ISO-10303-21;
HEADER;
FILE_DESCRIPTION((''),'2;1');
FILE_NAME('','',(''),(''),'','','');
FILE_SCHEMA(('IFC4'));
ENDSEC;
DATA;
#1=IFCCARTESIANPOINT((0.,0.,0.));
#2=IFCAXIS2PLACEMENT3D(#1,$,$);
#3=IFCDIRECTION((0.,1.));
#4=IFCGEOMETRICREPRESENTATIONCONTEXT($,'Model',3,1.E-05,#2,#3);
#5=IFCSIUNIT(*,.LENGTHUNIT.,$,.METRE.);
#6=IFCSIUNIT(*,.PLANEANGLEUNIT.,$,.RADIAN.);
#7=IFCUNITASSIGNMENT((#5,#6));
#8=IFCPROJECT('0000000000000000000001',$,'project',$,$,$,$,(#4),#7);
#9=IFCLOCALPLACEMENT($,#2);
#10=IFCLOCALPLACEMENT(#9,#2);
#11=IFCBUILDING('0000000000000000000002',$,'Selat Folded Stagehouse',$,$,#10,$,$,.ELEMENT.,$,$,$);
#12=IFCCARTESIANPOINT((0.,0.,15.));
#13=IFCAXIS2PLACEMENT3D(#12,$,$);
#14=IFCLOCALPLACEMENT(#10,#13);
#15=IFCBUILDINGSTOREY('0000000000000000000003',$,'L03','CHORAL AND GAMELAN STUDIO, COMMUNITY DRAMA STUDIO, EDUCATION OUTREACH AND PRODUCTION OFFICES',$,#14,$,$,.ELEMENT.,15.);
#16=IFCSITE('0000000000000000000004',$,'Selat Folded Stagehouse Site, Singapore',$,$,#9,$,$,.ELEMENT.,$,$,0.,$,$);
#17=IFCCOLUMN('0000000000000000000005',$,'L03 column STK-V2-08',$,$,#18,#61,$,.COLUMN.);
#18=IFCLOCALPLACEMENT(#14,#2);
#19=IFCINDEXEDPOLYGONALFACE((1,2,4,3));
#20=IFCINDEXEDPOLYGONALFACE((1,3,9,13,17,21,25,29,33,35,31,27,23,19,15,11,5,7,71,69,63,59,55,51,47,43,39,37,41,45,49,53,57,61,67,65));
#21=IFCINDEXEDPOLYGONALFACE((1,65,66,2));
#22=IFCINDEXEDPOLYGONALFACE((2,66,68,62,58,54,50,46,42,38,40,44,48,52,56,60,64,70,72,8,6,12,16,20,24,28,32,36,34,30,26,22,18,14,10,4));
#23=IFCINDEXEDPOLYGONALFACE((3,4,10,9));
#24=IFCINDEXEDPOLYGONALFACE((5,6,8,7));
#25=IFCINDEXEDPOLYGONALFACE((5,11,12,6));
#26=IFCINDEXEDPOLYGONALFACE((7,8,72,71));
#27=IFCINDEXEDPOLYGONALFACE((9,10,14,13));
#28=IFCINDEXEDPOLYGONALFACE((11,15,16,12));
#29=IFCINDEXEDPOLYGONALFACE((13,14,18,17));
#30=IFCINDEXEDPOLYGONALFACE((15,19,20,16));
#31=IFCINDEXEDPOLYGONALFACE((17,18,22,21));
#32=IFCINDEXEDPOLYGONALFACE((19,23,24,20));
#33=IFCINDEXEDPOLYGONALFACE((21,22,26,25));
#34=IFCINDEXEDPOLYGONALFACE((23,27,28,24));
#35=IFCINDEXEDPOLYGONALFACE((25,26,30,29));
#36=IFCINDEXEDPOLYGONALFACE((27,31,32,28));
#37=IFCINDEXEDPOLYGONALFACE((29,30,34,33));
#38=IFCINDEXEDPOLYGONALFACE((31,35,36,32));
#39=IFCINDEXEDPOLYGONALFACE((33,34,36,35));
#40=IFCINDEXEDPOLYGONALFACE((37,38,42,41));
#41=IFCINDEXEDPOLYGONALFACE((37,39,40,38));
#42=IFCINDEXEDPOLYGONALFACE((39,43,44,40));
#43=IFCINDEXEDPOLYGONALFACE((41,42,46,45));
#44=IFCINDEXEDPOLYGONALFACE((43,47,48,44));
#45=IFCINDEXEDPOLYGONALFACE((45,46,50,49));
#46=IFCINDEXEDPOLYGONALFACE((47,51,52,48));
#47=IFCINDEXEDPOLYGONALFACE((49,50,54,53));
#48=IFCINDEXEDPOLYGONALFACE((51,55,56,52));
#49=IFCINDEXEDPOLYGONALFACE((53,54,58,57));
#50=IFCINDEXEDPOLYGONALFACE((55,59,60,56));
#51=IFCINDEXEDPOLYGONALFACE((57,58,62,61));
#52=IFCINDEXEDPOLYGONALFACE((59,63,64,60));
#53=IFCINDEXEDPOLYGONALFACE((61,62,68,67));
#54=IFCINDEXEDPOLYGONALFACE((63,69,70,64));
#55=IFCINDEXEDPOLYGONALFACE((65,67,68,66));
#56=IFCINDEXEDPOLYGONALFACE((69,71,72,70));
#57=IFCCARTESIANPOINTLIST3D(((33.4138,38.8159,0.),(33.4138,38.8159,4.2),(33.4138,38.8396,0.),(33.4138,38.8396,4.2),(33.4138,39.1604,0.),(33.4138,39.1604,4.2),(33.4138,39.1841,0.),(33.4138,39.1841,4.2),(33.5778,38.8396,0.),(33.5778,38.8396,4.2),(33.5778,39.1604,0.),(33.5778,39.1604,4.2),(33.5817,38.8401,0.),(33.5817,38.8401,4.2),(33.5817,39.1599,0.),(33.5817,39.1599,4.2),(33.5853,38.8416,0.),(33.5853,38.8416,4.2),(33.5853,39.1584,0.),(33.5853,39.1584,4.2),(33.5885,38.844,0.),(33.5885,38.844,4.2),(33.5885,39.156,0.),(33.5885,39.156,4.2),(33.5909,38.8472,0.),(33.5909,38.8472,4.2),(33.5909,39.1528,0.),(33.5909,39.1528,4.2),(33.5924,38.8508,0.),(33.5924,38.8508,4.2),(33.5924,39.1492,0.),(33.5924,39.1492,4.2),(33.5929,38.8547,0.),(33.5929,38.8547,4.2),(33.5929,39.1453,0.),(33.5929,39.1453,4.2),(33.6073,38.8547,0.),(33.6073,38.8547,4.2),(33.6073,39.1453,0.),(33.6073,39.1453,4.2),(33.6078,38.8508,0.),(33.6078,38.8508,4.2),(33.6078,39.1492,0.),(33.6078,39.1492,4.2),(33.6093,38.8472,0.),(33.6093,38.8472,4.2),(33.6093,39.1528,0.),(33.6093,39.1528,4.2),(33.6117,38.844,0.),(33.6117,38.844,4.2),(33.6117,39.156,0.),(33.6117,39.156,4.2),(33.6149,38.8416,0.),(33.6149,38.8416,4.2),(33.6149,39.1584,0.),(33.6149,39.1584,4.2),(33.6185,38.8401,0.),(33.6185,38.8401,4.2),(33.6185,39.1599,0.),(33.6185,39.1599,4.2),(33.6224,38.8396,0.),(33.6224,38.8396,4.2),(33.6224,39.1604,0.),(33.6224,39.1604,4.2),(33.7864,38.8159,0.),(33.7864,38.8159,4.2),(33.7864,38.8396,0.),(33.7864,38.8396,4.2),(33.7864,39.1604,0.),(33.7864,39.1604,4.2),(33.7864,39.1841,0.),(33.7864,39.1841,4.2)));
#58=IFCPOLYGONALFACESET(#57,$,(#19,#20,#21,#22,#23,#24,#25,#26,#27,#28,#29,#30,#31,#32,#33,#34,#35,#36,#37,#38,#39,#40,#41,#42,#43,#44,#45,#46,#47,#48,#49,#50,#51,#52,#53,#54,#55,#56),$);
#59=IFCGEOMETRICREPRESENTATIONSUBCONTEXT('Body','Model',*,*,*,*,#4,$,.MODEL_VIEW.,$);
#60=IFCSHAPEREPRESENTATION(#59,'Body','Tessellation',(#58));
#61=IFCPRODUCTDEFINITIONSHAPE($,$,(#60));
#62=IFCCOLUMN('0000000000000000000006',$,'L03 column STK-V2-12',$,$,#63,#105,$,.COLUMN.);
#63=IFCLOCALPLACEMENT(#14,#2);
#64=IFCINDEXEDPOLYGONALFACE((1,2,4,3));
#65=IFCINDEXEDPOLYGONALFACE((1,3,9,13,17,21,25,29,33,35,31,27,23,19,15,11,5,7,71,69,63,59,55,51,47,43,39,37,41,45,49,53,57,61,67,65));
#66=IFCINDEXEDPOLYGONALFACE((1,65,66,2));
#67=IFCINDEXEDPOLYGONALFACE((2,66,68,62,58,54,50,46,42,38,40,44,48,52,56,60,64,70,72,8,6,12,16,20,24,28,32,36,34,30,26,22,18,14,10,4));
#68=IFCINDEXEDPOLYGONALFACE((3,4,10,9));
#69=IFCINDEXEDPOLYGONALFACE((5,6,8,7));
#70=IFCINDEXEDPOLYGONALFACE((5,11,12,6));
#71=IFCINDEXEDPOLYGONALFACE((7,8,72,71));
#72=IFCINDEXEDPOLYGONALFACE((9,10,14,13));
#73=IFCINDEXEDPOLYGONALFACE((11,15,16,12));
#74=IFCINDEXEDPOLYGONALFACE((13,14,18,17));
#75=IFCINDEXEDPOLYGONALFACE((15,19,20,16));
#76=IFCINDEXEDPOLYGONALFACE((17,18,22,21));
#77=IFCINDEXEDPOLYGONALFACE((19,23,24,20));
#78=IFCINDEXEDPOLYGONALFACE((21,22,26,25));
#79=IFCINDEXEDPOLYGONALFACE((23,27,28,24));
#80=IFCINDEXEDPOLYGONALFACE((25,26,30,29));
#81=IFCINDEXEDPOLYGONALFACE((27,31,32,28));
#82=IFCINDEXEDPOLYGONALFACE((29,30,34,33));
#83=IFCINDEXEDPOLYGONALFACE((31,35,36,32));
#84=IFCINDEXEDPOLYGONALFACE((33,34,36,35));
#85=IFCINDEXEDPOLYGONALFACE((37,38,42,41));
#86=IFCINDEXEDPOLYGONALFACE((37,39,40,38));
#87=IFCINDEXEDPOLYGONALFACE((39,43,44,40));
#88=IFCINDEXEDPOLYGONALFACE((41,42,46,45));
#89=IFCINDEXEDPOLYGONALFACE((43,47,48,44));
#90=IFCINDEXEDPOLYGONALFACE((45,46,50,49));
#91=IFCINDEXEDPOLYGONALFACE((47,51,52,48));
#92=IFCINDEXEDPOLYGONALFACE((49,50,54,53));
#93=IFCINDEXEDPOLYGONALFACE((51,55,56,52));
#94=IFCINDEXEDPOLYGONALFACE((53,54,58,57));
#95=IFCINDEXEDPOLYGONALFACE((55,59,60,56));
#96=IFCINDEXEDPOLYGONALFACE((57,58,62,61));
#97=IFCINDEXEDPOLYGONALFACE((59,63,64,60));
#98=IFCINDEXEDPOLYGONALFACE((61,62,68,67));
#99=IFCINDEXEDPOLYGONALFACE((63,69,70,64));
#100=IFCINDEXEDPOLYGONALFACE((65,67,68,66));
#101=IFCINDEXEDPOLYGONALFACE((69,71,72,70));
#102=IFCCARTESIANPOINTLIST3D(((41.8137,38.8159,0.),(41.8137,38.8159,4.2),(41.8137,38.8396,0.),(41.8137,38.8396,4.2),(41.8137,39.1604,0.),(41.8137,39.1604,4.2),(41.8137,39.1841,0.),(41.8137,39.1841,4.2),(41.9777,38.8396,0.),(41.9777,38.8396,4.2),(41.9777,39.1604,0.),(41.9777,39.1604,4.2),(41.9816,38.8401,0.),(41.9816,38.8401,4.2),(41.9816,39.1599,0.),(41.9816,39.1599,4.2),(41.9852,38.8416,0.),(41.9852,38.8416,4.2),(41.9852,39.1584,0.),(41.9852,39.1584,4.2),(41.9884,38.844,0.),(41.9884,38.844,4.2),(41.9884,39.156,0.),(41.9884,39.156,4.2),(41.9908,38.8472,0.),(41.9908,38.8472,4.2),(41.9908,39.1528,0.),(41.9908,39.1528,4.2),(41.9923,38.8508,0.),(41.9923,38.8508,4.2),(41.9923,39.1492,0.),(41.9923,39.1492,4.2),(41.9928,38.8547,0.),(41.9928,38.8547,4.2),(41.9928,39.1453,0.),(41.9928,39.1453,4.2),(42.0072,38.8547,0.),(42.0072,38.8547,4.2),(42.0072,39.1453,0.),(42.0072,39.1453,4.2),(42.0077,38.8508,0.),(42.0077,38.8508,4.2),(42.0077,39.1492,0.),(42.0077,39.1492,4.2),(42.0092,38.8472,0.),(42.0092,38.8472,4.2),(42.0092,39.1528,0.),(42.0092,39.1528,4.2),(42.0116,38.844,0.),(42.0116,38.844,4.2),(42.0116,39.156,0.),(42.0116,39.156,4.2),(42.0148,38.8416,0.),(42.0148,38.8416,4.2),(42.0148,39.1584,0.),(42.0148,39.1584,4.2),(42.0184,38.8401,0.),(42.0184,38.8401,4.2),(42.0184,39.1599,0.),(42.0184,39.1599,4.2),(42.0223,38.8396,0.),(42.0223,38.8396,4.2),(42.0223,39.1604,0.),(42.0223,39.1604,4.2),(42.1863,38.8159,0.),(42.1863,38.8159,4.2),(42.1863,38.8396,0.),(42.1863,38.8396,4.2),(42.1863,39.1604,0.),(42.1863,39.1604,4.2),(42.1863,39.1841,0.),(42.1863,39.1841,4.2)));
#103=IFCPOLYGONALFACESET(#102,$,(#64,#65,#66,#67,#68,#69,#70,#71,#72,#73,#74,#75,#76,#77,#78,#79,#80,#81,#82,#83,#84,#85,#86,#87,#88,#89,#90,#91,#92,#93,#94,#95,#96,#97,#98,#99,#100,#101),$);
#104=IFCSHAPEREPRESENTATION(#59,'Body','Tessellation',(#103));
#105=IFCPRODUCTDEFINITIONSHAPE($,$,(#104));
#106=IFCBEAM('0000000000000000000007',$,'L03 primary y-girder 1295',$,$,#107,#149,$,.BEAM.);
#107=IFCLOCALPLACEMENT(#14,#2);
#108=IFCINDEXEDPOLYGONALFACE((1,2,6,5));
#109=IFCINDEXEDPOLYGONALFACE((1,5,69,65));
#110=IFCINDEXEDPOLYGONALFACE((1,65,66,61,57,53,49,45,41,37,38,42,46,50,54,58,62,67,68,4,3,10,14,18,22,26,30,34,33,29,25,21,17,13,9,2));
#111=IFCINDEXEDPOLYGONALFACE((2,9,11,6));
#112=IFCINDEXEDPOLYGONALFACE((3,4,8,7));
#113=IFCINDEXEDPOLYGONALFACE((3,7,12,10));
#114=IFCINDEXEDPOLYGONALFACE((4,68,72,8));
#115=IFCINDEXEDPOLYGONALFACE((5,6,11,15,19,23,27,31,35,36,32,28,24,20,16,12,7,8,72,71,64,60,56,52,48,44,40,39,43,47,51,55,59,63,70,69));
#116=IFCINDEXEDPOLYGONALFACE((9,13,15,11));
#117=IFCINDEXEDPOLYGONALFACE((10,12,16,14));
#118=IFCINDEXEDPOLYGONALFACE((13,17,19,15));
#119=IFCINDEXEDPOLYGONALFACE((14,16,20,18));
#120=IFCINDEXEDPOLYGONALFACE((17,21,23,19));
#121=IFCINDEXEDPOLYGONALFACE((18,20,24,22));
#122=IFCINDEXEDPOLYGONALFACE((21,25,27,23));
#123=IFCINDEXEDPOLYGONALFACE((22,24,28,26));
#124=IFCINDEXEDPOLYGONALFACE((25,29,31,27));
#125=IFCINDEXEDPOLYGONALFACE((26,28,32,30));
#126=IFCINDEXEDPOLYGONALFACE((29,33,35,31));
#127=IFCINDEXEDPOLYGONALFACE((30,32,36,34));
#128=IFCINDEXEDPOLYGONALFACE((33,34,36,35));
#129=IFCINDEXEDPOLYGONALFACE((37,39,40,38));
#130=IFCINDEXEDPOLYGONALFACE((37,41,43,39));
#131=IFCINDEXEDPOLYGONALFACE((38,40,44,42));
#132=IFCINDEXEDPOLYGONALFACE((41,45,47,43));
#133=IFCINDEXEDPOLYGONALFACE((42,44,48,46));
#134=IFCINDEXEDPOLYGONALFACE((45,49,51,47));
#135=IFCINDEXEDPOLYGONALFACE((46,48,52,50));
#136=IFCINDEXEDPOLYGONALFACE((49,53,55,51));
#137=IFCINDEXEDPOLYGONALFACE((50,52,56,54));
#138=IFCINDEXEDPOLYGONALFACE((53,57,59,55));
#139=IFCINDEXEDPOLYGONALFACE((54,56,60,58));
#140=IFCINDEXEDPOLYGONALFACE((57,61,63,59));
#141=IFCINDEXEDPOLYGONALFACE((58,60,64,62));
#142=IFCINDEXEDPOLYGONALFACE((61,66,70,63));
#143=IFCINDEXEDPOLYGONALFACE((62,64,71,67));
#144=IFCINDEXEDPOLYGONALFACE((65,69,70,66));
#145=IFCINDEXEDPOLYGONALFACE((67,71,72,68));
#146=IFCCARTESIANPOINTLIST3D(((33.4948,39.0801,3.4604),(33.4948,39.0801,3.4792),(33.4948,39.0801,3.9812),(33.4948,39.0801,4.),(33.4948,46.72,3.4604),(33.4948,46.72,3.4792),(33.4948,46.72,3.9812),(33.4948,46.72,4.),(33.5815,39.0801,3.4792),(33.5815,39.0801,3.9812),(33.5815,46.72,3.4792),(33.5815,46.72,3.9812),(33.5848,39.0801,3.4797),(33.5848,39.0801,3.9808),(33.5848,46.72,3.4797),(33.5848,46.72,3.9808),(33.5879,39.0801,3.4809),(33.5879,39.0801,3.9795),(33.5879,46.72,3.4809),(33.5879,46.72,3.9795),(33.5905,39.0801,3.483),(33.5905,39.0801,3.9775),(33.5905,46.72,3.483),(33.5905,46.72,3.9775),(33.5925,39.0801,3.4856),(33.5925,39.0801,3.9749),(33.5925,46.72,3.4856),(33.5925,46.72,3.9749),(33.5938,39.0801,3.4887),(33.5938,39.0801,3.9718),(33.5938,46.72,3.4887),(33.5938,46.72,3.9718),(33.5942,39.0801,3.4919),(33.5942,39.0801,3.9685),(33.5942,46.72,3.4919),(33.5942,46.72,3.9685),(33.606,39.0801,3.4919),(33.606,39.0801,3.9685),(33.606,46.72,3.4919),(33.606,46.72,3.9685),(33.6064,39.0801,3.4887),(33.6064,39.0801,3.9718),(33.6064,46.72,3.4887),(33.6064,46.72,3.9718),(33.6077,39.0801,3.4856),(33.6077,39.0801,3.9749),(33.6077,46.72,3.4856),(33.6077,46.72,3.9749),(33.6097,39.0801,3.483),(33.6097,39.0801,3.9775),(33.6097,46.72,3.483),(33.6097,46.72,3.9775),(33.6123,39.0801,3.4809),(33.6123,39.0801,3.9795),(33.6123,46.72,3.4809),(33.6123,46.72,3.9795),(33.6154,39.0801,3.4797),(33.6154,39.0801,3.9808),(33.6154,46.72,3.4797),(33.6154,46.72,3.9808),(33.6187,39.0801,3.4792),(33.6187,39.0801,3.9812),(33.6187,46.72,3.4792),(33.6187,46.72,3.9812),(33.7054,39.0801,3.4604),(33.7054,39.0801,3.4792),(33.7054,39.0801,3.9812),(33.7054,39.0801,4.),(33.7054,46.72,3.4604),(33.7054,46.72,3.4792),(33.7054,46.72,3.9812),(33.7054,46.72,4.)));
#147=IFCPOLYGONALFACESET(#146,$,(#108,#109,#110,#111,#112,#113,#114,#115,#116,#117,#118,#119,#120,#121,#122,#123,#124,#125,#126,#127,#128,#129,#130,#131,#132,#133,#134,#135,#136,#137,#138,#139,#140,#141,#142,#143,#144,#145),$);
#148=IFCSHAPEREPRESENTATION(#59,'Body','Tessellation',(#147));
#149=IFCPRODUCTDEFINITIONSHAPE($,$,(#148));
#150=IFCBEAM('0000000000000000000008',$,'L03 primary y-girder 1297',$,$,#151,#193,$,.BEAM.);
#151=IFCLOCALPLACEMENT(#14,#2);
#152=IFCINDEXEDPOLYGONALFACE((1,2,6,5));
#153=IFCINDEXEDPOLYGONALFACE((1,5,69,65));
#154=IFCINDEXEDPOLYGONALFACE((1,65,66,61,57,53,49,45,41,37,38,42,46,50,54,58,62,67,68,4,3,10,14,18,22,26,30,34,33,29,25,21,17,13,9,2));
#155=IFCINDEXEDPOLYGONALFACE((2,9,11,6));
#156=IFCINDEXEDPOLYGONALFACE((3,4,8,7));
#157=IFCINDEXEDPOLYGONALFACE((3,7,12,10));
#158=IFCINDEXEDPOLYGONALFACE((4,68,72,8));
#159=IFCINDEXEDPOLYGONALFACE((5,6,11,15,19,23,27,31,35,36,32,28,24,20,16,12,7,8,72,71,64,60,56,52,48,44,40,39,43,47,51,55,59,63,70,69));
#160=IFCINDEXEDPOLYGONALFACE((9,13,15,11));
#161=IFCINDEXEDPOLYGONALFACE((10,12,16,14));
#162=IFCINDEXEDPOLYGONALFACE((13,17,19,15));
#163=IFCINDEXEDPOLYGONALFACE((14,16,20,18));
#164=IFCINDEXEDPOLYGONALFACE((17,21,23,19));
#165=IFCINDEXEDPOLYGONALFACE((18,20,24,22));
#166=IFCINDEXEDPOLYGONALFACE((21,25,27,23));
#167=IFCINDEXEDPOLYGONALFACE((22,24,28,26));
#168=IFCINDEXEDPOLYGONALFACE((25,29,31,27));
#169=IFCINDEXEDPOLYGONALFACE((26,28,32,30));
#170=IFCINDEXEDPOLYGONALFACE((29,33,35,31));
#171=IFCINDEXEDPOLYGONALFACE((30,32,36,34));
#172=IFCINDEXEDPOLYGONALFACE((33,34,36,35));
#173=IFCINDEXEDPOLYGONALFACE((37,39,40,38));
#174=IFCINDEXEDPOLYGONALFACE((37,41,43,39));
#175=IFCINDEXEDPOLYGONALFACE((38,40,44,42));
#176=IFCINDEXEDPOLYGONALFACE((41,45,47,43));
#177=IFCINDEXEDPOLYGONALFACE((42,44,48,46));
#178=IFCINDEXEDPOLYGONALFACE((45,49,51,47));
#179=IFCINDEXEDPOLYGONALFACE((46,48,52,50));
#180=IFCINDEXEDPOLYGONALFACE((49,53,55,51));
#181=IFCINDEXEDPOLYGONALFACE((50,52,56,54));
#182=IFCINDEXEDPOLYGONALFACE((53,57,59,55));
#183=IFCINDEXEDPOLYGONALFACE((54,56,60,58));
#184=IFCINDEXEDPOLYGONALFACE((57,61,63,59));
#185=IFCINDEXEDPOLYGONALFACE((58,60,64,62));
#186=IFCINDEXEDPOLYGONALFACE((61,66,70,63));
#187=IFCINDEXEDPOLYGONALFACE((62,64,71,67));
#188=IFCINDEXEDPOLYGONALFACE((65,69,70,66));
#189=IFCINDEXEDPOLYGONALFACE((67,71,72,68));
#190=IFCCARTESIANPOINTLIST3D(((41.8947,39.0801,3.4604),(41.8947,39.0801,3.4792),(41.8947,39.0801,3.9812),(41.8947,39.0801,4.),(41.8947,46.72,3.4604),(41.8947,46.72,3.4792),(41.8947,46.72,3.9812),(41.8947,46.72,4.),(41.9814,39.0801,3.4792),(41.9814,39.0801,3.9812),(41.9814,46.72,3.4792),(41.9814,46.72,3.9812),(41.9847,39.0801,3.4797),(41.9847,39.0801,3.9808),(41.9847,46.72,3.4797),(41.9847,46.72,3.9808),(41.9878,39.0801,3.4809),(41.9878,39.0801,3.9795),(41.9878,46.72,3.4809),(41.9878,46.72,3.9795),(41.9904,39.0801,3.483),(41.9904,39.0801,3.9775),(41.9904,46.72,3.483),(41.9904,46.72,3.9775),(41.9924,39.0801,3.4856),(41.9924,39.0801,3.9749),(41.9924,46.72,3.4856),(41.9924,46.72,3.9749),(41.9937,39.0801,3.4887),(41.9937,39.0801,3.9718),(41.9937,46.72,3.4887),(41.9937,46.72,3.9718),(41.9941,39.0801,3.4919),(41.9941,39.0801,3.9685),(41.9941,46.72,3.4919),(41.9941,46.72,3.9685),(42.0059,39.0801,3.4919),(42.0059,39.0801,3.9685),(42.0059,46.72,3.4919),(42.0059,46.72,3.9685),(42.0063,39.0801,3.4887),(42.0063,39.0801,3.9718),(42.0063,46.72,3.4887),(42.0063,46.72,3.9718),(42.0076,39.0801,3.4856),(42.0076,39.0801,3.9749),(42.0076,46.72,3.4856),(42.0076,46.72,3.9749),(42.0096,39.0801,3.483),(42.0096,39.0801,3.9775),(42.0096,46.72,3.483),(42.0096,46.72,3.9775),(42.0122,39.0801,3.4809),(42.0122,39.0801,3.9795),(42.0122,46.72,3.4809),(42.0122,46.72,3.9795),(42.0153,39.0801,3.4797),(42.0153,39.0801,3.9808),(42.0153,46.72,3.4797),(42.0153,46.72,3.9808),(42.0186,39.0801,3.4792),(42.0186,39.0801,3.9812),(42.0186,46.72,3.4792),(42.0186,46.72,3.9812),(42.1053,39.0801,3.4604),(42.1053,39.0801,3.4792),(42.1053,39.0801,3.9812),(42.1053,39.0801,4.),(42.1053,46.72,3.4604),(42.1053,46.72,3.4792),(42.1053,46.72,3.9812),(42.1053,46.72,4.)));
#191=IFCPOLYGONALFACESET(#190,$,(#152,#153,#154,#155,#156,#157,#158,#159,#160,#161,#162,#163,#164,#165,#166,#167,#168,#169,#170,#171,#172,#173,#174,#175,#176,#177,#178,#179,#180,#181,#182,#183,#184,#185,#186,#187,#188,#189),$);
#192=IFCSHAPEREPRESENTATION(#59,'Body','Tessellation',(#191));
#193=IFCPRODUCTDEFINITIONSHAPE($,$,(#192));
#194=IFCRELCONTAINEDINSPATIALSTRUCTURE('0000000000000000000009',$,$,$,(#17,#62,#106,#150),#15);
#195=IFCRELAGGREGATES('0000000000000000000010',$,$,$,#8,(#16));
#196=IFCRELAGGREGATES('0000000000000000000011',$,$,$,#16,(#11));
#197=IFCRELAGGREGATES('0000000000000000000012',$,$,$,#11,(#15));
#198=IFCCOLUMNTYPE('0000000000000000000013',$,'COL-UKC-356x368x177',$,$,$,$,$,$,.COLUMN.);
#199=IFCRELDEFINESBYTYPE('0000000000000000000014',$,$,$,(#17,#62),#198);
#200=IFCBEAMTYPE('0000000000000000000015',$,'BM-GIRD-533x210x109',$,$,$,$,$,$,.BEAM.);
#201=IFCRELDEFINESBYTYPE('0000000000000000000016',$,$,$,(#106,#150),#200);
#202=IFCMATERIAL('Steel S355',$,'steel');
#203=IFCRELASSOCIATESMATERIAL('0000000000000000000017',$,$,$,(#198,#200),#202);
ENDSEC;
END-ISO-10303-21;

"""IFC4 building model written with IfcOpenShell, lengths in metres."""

from ifc_helpers import new_model, si_unit, direction, frame, origin, origin_2d, place, context, subcontext, project, spatial, i_section, extrude, material, material_profile, profile_set, type_object, element, save


model = new_model("IFC4")

# Units and contexts
model_context = context("Model", 3, precision=1e-05, world=origin(), true_north=direction((0.0, 1.0)))
body_context = subcontext(model_context, "Body", "Model", "MODEL_VIEW")
ifc_project = project(units=[si_unit("LENGTHUNIT", "METRE"), si_unit("PLANEANGLEUNIT", "RADIAN")], contexts=[model_context])

# Site, building, storey
site_placement = place(None, origin())
site = spatial("IfcSite", under=ifc_project, at=site_placement, Name="Selat Folded Stagehouse Site, Singapore", CompositionType="ELEMENT", RefElevation=0.0)
building_placement = place(site_placement, origin())
building = spatial("IfcBuilding", under=site, at=building_placement, Name="Selat Folded Stagehouse", CompositionType="ELEMENT")
storey_placement = place(building_placement, frame((0.0, 0.0, 15.0)))
storey = spatial("IfcBuildingStorey", under=building, at=storey_placement, Name="L03", Description="CHORAL AND GAMELAN STUDIO, COMMUNITY DRAMA STUDIO, EDUCATION OUTREACH AND PRODUCTION OFFICES", CompositionType="ELEMENT", Elevation=15.0)

# Columns
ifc_material_1 = material(Name="Steel S355", Category="steel")
ifc_material_profile_1 = material_profile(ifc_material_1, i_section(OverallWidth=0.3726, OverallDepth=0.3682, WebThickness=0.0144, FlangeThickness=0.0237, FilletRadius=0.0151, at=origin_2d()), Name="UKC 356x368x177")
ifc_profile_set_1 = profile_set([ifc_material_profile_1], Name="Steel S355")
column_type = type_object("IfcColumnType", Name="COL-UKC-356x368x177", PredefinedType="COLUMN", material=ifc_profile_set_1)
for number, where, z_axis, x_axis, name in (
    (1, (33.6001, 39.0, 0.0), (0.0, 0.0, 1.0), (1.0, 0.0, 0.0), "L03 column STK-V2-08"),
    (2, (42.0, 39.0, 0.0), (0.0, 0.0, 1.0), (1.0, 0.0, 0.0), "L03 column STK-V2-12"),
):
    element("IfcColumn", number, at=place(storey_placement, frame(where, z_axis=z_axis, x_axis=x_axis)), inside=storey, type_object=column_type, Name=name, PredefinedType="COLUMN", context=body_context, shape_type="SweptSolid", body=[
        extrude(i_section(OverallWidth=0.3726, OverallDepth=0.3682, WebThickness=0.0144, FlangeThickness=0.0237, FilletRadius=0.0151, at=origin_2d()), origin(), (0.0, 0.0, 1.0), 4.2),
    ])

# Beams
ifc_material_profile_2 = material_profile(ifc_material_1, i_section(OverallWidth=0.2107, OverallDepth=0.5396, WebThickness=0.0117, FlangeThickness=0.0188, FilletRadius=0.0127, at=origin_2d()), Name="UKB 533x210x109")
ifc_profile_set_2 = profile_set([ifc_material_profile_2], Name="Steel S355")
beam_type_1 = type_object("IfcBeamType", Name="BM-GIRD-533x210x109", PredefinedType="BEAM", material=ifc_profile_set_2)
for number, where, z_axis, x_axis, name in (
    (3, (33.6001, 39.0801, 3.7302), (0.0, 1.0, 0.0), (-1.0, 0.0, 0.0), "L03 primary y-girder 1295"),
    (4, (42.0, 39.0801, 3.7302), (0.0, 1.0, 0.0), (-1.0, 0.0, 0.0), "L03 primary y-girder 1297"),
):
    element("IfcBeam", number, at=place(storey_placement, frame(where, z_axis=z_axis, x_axis=x_axis)), inside=storey, type_object=beam_type_1, Name=name, PredefinedType="BEAM", context=body_context, shape_type="SweptSolid", body=[
        extrude(i_section(OverallWidth=0.2107, OverallDepth=0.5396, WebThickness=0.0117, FlangeThickness=0.0188, FilletRadius=0.0127, at=origin_2d()), origin(), (0.0, 0.0, 1.0), 7.6399),
    ])

save(model, "model.ifc")
